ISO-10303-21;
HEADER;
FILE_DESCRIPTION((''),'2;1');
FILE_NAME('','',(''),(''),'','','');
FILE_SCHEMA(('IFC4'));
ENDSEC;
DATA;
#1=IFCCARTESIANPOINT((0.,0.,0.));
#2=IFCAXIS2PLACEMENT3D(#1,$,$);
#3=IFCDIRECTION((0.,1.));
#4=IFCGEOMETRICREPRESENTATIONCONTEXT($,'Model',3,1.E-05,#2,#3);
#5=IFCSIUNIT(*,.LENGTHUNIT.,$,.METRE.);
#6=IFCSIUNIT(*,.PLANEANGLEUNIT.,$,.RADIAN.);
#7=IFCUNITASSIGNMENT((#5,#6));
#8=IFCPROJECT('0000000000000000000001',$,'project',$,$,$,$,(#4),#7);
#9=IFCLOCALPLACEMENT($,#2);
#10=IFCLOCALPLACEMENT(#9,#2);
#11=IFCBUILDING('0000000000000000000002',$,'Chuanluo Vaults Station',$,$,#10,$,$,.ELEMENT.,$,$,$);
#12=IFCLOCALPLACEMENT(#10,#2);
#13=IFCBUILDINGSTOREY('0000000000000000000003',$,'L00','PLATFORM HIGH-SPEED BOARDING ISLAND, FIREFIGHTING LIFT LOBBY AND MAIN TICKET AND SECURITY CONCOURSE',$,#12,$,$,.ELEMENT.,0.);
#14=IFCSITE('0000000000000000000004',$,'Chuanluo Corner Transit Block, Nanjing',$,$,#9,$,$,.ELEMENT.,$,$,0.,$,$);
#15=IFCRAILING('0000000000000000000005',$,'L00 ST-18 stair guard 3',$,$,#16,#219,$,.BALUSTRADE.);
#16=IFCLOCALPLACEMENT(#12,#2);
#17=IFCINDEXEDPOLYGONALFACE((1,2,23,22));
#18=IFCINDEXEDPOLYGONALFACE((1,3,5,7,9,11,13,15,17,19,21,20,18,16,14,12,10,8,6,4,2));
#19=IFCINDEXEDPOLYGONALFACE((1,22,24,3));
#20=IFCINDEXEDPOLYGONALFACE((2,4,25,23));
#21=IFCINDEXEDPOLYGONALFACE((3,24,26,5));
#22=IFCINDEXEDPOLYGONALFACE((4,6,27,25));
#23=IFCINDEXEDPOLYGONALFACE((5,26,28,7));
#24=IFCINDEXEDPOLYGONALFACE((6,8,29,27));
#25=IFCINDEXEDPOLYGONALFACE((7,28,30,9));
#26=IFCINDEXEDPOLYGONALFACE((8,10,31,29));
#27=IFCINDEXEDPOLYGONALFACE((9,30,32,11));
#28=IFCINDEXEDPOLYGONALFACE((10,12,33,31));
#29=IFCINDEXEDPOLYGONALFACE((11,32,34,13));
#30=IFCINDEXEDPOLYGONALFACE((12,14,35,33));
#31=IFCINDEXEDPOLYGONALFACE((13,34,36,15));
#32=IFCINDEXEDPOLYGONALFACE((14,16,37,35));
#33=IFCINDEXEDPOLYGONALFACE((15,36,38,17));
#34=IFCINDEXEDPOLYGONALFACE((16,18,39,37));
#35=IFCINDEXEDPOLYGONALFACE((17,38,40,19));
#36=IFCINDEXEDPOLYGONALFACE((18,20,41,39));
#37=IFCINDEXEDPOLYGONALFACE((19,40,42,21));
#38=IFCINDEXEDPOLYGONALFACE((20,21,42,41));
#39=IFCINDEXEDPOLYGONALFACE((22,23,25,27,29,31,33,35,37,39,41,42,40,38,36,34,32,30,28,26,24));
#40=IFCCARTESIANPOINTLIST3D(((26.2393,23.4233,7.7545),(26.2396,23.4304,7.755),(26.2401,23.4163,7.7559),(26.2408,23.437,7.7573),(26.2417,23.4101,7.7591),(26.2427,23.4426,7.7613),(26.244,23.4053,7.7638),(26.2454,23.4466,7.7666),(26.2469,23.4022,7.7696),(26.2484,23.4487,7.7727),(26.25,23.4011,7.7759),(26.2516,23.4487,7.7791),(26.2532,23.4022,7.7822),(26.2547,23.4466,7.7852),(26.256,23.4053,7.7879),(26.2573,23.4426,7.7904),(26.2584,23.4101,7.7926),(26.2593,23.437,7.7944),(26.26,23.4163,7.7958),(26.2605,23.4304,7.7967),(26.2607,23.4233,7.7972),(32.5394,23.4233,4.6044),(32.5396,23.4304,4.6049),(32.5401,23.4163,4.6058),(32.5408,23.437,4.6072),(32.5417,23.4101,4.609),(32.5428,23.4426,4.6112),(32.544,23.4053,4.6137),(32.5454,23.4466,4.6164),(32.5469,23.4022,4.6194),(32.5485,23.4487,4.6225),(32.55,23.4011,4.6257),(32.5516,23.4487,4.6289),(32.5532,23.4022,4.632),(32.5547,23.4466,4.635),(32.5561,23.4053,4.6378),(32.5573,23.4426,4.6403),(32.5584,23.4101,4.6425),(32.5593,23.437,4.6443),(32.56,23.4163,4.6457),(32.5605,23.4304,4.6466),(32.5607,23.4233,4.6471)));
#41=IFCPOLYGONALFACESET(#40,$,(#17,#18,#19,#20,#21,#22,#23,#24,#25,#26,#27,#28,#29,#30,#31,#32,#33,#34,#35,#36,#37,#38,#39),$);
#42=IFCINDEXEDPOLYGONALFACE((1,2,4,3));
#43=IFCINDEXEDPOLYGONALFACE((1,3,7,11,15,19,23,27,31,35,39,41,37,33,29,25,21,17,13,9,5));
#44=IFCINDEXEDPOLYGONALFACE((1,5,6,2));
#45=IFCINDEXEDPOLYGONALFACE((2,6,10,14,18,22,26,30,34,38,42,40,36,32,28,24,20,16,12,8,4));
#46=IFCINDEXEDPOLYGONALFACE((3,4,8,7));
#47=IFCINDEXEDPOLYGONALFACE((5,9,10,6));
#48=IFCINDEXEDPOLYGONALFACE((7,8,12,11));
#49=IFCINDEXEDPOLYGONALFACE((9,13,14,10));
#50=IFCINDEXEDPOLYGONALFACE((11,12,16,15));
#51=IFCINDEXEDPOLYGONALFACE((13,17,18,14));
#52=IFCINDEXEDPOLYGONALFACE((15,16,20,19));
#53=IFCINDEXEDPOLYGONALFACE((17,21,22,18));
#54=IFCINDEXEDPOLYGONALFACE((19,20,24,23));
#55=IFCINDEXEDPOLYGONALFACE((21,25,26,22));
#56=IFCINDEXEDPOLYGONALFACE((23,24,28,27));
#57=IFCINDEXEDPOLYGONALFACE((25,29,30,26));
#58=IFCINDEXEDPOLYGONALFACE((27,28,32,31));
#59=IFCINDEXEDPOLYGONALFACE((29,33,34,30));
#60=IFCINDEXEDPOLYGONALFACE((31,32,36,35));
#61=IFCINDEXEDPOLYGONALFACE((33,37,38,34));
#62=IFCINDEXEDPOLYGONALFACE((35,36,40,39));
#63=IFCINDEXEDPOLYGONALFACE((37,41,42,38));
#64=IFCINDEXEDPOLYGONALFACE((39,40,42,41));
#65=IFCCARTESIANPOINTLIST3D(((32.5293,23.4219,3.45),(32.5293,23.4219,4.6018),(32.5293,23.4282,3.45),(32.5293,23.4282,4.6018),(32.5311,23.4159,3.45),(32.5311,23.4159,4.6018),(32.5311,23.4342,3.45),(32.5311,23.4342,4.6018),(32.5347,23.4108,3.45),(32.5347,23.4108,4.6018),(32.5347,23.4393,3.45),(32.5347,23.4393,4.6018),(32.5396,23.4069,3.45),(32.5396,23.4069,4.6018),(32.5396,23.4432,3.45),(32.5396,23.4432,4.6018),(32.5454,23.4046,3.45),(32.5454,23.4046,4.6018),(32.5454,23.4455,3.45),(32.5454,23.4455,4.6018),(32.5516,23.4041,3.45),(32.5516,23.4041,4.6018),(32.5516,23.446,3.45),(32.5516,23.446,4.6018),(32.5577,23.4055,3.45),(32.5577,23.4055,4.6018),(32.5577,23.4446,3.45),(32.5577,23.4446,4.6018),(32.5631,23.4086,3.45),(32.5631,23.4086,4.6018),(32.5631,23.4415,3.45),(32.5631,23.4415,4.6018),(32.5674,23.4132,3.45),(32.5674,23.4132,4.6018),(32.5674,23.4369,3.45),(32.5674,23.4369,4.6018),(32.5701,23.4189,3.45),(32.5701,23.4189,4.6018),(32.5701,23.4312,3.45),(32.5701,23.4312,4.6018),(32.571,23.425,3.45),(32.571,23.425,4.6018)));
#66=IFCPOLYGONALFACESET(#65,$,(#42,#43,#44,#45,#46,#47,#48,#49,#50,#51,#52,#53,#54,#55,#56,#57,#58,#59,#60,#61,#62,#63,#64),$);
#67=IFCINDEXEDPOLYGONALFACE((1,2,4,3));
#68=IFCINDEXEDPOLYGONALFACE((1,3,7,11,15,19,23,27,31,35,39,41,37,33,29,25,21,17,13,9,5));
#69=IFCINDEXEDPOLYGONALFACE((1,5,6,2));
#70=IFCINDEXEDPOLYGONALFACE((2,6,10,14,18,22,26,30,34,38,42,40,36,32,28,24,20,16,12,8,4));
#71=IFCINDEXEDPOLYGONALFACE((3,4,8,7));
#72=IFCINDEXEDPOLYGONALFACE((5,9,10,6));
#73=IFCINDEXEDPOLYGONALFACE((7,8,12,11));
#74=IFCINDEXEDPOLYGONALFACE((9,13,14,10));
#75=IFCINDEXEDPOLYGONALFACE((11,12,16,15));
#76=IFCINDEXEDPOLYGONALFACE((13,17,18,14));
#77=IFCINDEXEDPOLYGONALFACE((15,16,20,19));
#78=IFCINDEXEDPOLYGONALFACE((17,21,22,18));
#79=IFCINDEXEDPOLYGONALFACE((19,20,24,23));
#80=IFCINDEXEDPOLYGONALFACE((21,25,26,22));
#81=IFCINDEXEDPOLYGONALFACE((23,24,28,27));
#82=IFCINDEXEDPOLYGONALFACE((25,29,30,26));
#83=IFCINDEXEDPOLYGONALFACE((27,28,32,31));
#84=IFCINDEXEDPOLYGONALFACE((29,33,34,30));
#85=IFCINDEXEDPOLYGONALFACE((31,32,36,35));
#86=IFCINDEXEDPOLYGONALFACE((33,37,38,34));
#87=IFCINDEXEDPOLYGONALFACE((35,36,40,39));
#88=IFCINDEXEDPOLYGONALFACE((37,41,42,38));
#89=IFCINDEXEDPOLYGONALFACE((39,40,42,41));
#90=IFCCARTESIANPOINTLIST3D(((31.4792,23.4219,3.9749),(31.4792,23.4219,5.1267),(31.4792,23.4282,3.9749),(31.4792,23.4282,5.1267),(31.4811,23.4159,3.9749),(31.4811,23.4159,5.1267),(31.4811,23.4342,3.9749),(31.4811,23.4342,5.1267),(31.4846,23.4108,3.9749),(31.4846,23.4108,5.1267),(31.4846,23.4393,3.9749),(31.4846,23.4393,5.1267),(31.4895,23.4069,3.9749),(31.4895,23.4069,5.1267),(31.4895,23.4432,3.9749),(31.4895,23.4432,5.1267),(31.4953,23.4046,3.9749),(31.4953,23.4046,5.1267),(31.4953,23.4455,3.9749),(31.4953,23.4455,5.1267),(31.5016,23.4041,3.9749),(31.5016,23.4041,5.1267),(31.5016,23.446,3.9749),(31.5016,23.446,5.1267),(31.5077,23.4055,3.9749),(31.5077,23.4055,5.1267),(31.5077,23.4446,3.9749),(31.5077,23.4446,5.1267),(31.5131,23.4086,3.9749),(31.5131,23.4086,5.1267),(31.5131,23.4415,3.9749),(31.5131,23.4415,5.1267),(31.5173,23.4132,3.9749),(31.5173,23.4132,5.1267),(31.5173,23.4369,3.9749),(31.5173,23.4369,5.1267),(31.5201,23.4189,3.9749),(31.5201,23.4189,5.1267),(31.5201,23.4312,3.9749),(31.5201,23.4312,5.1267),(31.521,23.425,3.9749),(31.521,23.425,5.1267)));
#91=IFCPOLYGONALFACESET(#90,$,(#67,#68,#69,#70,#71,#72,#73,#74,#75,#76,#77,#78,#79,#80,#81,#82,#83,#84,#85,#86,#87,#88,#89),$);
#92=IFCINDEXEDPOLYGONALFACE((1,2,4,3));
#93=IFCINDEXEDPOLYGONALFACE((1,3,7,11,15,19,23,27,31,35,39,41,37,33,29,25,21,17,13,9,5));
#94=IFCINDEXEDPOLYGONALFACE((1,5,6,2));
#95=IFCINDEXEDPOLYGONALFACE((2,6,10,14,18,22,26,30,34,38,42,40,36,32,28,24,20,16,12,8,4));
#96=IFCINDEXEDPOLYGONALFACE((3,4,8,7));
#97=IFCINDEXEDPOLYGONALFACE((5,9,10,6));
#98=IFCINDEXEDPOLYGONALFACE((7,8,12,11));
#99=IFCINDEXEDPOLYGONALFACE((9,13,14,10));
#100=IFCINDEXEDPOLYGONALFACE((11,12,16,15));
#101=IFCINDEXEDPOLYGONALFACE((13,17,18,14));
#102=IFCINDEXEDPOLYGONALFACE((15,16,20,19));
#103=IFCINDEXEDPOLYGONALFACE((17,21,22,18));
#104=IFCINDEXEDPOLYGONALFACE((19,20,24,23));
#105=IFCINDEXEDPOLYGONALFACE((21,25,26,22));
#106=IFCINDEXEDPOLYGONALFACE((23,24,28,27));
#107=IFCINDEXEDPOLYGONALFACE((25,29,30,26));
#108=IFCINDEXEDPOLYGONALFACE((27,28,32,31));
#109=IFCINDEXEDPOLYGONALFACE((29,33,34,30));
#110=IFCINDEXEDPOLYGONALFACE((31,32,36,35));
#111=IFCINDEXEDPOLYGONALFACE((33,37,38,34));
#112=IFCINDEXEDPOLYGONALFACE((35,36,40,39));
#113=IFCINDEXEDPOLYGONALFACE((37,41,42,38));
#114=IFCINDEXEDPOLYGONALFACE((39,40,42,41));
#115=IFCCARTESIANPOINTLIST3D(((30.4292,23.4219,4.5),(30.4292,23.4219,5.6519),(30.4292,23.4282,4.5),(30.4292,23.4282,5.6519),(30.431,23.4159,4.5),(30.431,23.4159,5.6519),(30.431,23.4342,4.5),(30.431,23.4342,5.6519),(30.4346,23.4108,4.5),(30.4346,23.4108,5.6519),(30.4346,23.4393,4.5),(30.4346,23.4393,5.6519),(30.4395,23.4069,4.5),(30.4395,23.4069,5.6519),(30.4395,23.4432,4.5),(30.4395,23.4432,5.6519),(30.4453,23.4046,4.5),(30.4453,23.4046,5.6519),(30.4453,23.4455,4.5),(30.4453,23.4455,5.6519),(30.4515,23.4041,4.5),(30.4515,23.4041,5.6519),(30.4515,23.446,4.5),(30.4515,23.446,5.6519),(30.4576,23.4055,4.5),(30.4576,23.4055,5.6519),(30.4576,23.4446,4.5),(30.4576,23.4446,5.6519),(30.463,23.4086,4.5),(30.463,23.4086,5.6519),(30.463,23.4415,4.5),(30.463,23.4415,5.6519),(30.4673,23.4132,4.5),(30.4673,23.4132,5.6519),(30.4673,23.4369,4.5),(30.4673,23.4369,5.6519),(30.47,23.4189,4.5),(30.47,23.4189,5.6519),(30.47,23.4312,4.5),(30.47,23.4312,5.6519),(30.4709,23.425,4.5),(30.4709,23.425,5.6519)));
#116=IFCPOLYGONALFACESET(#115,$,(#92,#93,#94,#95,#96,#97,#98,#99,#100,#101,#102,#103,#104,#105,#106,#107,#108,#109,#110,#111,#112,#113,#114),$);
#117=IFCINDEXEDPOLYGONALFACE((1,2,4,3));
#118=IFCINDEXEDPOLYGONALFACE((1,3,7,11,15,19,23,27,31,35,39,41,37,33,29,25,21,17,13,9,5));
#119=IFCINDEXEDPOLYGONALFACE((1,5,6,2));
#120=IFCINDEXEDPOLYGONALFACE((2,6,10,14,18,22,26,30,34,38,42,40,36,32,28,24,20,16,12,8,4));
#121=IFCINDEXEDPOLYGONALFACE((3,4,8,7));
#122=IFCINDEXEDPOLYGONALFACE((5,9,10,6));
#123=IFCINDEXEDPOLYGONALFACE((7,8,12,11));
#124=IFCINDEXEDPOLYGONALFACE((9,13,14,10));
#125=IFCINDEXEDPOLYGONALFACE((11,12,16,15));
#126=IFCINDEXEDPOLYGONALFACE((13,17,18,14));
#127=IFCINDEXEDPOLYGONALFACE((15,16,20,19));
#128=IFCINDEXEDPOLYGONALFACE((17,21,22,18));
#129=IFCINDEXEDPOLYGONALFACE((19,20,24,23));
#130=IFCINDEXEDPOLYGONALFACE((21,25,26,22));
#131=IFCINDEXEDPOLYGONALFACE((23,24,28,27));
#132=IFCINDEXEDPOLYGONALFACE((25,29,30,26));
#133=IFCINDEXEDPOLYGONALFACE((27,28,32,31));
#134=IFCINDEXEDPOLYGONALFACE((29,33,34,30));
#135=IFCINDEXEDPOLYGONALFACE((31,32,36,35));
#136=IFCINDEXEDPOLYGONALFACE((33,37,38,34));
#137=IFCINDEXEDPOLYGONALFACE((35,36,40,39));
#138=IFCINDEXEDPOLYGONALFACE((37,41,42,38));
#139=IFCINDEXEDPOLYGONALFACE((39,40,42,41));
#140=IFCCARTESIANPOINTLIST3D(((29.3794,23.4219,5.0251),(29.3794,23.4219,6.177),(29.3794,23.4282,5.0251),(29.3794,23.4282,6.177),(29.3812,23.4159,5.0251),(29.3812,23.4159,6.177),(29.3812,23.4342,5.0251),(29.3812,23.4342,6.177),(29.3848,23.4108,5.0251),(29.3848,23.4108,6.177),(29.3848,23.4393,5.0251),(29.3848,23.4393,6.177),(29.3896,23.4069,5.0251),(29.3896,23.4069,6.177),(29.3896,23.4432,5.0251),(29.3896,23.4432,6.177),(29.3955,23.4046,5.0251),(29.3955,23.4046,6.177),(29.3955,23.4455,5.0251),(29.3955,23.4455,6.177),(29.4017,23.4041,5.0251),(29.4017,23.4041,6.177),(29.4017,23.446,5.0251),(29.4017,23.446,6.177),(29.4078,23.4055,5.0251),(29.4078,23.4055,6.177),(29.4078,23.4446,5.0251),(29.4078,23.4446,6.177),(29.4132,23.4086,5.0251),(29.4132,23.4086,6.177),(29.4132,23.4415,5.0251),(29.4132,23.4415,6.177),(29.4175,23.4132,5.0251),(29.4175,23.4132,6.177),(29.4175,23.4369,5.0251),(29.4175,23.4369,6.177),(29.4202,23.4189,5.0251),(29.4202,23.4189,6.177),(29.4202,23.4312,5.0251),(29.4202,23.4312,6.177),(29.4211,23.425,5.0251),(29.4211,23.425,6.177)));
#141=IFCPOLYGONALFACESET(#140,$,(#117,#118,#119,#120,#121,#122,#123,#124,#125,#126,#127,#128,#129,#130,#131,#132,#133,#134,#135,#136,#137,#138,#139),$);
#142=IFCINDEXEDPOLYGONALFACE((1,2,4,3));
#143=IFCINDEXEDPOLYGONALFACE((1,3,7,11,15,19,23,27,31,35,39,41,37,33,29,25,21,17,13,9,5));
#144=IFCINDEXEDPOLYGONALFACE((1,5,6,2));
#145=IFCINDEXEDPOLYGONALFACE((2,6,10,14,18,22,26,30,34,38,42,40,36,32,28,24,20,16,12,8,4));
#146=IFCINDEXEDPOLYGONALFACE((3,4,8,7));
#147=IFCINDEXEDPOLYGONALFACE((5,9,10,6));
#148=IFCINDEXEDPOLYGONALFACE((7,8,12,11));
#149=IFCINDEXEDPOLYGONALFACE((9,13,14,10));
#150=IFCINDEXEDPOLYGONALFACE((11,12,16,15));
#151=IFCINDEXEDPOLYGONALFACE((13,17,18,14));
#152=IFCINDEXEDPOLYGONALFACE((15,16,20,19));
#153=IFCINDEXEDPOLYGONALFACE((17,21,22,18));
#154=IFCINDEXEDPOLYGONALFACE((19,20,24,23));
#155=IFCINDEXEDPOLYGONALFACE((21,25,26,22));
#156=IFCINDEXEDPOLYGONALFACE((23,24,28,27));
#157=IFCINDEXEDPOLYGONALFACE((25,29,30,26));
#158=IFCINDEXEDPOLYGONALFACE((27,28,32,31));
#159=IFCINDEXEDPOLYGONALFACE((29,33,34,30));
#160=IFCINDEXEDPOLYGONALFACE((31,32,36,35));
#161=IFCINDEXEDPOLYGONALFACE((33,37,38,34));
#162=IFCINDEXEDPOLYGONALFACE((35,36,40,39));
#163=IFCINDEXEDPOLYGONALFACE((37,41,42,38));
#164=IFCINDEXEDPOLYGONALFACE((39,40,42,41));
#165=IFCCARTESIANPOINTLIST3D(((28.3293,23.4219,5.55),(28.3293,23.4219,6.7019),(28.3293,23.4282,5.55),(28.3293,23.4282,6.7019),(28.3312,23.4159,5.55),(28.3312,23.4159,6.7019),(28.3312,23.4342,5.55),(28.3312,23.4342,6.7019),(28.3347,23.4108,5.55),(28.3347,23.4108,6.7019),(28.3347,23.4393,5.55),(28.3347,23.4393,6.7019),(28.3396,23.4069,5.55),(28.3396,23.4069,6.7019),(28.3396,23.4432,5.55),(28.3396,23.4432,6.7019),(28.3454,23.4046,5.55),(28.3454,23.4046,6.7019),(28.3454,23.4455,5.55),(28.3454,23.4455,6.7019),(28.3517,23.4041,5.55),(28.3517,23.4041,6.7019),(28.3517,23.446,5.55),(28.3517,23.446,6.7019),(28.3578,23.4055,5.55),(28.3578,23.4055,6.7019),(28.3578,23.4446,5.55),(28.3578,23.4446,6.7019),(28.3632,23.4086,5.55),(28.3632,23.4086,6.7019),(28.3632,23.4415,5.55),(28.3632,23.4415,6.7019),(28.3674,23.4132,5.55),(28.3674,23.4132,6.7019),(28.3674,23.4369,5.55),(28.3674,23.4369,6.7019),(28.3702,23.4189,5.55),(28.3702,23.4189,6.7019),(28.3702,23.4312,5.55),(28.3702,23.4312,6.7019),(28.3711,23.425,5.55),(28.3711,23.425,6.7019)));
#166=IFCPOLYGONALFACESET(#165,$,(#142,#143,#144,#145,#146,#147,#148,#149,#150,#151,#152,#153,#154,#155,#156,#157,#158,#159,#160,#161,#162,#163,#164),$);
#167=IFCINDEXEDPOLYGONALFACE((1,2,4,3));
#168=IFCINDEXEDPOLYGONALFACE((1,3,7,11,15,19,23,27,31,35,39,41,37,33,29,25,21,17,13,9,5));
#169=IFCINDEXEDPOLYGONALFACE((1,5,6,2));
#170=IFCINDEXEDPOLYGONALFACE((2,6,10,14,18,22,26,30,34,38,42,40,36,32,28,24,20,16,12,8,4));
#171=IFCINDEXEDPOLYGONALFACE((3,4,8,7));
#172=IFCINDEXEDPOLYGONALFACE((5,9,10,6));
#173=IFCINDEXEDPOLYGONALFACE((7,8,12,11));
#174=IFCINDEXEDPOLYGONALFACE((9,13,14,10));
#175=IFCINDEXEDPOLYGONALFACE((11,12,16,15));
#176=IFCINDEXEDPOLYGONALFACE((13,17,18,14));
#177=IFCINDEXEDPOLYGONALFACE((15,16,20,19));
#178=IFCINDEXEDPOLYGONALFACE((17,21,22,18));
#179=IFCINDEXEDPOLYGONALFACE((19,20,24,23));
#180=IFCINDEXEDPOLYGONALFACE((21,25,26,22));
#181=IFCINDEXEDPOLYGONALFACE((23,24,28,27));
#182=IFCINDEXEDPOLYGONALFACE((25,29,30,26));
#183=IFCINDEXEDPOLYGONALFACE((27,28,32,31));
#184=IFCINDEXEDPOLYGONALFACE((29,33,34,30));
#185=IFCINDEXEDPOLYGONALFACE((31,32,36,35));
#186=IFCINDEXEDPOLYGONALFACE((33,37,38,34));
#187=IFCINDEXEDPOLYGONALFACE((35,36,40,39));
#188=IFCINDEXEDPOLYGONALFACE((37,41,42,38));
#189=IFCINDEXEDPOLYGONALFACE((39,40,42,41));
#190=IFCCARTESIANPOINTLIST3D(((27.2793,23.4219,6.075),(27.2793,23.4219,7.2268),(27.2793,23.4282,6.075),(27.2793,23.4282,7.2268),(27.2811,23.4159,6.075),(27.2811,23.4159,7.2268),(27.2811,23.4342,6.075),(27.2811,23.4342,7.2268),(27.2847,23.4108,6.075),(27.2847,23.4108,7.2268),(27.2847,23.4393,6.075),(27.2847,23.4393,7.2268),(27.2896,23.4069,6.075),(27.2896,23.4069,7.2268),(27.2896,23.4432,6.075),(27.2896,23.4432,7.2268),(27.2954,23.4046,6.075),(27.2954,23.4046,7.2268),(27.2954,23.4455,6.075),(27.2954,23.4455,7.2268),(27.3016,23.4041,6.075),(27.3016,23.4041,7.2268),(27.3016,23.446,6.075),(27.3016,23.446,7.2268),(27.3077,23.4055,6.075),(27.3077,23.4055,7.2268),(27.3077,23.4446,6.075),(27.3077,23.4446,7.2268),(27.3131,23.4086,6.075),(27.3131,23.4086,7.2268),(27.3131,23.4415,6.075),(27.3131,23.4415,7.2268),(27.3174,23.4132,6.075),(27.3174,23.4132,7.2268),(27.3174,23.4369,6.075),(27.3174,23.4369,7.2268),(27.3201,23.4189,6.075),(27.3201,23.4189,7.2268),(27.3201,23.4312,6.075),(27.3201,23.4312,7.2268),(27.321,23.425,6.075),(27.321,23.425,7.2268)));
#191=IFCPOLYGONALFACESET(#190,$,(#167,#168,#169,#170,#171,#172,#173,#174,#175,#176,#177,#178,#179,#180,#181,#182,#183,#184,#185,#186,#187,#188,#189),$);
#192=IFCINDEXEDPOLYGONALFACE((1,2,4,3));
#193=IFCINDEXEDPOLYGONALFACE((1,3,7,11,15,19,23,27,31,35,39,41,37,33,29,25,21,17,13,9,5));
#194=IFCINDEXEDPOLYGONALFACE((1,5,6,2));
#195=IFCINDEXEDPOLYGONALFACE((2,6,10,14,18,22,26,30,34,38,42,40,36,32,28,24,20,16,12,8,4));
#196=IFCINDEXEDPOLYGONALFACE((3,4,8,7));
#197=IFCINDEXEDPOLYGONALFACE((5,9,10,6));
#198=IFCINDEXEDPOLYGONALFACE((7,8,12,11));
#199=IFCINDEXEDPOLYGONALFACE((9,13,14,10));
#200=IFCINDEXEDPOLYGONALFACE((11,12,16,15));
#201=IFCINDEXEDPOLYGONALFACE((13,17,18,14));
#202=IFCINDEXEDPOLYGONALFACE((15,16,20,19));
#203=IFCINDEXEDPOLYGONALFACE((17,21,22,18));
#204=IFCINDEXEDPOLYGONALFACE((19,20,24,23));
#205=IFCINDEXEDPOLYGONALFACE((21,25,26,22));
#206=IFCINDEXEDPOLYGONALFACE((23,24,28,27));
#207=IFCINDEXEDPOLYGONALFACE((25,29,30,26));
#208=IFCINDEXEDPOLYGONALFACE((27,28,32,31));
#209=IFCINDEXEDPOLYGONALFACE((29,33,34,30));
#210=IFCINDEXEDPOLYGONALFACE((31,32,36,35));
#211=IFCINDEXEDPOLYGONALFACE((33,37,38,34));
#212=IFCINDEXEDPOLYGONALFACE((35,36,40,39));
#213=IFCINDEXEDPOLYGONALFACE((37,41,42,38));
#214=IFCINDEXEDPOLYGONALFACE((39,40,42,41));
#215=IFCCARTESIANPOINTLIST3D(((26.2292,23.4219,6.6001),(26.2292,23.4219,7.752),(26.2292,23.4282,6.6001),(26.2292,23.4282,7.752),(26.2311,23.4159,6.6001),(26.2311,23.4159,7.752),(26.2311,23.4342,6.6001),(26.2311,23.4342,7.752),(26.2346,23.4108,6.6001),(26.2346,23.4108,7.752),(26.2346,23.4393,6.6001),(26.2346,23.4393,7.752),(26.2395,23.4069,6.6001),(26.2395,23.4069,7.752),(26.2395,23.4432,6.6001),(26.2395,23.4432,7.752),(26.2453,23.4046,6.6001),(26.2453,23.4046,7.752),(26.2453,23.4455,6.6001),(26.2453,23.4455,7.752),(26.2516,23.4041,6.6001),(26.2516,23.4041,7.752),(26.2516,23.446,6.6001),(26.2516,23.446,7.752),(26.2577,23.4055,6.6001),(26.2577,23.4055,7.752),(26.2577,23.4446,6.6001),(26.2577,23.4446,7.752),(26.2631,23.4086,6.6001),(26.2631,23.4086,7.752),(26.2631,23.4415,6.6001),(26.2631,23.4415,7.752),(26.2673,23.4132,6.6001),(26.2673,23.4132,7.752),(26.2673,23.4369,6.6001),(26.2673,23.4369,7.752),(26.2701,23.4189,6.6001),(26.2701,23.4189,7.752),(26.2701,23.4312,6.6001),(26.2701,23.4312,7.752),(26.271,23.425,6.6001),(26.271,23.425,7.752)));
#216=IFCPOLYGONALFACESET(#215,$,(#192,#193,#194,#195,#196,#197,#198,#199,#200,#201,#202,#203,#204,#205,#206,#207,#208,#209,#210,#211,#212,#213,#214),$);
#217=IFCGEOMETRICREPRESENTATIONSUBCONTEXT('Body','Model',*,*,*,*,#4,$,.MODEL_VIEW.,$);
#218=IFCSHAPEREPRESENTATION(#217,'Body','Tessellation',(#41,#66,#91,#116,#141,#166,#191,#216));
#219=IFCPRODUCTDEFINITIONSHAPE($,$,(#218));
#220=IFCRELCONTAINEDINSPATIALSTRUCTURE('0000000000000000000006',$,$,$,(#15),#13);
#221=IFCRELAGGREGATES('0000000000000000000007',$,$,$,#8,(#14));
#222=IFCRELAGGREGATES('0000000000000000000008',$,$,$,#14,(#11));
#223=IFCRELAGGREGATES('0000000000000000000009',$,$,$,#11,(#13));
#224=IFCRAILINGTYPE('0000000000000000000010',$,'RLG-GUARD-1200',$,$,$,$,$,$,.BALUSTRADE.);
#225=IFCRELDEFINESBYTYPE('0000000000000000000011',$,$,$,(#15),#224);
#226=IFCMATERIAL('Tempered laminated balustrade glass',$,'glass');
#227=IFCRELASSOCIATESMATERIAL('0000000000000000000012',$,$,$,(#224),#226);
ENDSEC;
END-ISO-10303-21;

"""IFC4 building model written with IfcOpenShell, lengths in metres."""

from ifc_helpers import new_model, si_unit, direction, frame, origin, origin_2d, place, context, subcontext, project, spatial, circle, extrude, material, type_object, element, save


model = new_model("IFC4")

# Units and contexts
model_context = context("Model", 3, precision=1e-05, world=origin(), true_north=direction((0.0, 1.0)))
body_context = subcontext(model_context, "Body", "Model", "MODEL_VIEW")
ifc_project = project(units=[si_unit("LENGTHUNIT", "METRE"), si_unit("PLANEANGLEUNIT", "RADIAN")], contexts=[model_context])

# Site, building, storey
site_placement = place(None, origin())
site = spatial("IfcSite", under=ifc_project, at=site_placement, Name="Chuanluo Corner Transit Block, Nanjing", CompositionType="ELEMENT", RefElevation=0.0)
building_placement = place(site_placement, origin())
building = spatial("IfcBuilding", under=site, at=building_placement, Name="Chuanluo Vaults Station", CompositionType="ELEMENT")
storey_placement = place(building_placement, origin())
storey = spatial("IfcBuildingStorey", under=building, at=storey_placement, Name="L00", Description="PLATFORM HIGH-SPEED BOARDING ISLAND, FIREFIGHTING LIFT LOBBY AND MAIN TICKET AND SECURITY CONCOURSE", CompositionType="ELEMENT", Elevation=0.0)

# Railing
ifc_material_1 = material(Name="Tempered laminated balustrade glass", Category="glass")
railing_type_1 = type_object("IfcRailingType", Name="RLG-GUARD-1200", PredefinedType="BALUSTRADE", material=ifc_material_1)
railing_1_placement = place(storey_placement, frame((32.55, 23.425, 3.45)))
element("IfcRailing", 1, at=railing_1_placement, inside=storey, type_object=railing_type_1, Name="L00 ST-18 stair guard 3", PredefinedType="BALUSTRADE", context=body_context, shape_type="SweptSolid", body=[
    extrude(circle(Radius=0.0239, at=origin_2d()), frame((0.0, 0.0, 1.1758), z_axis=(-0.89442, 0.0, 0.447227), x_axis=(0.0, -1.0, 0.0)), (0.0, 0.0, 1.0), 7.0437),
    extrude(circle(Radius=0.021, at=origin_2d()), origin(), (0.0, 0.0, 1.0), 1.1519),
    extrude(circle(Radius=0.021, at=origin_2d()), frame((-1.05, 0.0, 0.5249)), (0.0, 0.0, 1.0), 1.1519),
    extrude(circle(Radius=0.021, at=origin_2d()), frame((-2.1001, 0.0, 1.05)), (0.0, 0.0, 1.0), 1.1519),
    extrude(circle(Radius=0.021, at=origin_2d()), frame((-3.1499, 0.0, 1.5752)), (0.0, 0.0, 1.0), 1.1519),
    extrude(circle(Radius=0.021, at=origin_2d()), frame((-4.2, 0.0, 2.1001)), (0.0, 0.0, 1.0), 1.1519),
    extrude(circle(Radius=0.021, at=origin_2d()), frame((-5.25, 0.0, 2.625)), (0.0, 0.0, 1.0), 1.1519),
    extrude(circle(Radius=0.021, at=origin_2d()), frame((-6.3, 0.0, 3.1501)), (0.0, 0.0, 1.0), 1.1519),
])

save(model, "model.ifc")
